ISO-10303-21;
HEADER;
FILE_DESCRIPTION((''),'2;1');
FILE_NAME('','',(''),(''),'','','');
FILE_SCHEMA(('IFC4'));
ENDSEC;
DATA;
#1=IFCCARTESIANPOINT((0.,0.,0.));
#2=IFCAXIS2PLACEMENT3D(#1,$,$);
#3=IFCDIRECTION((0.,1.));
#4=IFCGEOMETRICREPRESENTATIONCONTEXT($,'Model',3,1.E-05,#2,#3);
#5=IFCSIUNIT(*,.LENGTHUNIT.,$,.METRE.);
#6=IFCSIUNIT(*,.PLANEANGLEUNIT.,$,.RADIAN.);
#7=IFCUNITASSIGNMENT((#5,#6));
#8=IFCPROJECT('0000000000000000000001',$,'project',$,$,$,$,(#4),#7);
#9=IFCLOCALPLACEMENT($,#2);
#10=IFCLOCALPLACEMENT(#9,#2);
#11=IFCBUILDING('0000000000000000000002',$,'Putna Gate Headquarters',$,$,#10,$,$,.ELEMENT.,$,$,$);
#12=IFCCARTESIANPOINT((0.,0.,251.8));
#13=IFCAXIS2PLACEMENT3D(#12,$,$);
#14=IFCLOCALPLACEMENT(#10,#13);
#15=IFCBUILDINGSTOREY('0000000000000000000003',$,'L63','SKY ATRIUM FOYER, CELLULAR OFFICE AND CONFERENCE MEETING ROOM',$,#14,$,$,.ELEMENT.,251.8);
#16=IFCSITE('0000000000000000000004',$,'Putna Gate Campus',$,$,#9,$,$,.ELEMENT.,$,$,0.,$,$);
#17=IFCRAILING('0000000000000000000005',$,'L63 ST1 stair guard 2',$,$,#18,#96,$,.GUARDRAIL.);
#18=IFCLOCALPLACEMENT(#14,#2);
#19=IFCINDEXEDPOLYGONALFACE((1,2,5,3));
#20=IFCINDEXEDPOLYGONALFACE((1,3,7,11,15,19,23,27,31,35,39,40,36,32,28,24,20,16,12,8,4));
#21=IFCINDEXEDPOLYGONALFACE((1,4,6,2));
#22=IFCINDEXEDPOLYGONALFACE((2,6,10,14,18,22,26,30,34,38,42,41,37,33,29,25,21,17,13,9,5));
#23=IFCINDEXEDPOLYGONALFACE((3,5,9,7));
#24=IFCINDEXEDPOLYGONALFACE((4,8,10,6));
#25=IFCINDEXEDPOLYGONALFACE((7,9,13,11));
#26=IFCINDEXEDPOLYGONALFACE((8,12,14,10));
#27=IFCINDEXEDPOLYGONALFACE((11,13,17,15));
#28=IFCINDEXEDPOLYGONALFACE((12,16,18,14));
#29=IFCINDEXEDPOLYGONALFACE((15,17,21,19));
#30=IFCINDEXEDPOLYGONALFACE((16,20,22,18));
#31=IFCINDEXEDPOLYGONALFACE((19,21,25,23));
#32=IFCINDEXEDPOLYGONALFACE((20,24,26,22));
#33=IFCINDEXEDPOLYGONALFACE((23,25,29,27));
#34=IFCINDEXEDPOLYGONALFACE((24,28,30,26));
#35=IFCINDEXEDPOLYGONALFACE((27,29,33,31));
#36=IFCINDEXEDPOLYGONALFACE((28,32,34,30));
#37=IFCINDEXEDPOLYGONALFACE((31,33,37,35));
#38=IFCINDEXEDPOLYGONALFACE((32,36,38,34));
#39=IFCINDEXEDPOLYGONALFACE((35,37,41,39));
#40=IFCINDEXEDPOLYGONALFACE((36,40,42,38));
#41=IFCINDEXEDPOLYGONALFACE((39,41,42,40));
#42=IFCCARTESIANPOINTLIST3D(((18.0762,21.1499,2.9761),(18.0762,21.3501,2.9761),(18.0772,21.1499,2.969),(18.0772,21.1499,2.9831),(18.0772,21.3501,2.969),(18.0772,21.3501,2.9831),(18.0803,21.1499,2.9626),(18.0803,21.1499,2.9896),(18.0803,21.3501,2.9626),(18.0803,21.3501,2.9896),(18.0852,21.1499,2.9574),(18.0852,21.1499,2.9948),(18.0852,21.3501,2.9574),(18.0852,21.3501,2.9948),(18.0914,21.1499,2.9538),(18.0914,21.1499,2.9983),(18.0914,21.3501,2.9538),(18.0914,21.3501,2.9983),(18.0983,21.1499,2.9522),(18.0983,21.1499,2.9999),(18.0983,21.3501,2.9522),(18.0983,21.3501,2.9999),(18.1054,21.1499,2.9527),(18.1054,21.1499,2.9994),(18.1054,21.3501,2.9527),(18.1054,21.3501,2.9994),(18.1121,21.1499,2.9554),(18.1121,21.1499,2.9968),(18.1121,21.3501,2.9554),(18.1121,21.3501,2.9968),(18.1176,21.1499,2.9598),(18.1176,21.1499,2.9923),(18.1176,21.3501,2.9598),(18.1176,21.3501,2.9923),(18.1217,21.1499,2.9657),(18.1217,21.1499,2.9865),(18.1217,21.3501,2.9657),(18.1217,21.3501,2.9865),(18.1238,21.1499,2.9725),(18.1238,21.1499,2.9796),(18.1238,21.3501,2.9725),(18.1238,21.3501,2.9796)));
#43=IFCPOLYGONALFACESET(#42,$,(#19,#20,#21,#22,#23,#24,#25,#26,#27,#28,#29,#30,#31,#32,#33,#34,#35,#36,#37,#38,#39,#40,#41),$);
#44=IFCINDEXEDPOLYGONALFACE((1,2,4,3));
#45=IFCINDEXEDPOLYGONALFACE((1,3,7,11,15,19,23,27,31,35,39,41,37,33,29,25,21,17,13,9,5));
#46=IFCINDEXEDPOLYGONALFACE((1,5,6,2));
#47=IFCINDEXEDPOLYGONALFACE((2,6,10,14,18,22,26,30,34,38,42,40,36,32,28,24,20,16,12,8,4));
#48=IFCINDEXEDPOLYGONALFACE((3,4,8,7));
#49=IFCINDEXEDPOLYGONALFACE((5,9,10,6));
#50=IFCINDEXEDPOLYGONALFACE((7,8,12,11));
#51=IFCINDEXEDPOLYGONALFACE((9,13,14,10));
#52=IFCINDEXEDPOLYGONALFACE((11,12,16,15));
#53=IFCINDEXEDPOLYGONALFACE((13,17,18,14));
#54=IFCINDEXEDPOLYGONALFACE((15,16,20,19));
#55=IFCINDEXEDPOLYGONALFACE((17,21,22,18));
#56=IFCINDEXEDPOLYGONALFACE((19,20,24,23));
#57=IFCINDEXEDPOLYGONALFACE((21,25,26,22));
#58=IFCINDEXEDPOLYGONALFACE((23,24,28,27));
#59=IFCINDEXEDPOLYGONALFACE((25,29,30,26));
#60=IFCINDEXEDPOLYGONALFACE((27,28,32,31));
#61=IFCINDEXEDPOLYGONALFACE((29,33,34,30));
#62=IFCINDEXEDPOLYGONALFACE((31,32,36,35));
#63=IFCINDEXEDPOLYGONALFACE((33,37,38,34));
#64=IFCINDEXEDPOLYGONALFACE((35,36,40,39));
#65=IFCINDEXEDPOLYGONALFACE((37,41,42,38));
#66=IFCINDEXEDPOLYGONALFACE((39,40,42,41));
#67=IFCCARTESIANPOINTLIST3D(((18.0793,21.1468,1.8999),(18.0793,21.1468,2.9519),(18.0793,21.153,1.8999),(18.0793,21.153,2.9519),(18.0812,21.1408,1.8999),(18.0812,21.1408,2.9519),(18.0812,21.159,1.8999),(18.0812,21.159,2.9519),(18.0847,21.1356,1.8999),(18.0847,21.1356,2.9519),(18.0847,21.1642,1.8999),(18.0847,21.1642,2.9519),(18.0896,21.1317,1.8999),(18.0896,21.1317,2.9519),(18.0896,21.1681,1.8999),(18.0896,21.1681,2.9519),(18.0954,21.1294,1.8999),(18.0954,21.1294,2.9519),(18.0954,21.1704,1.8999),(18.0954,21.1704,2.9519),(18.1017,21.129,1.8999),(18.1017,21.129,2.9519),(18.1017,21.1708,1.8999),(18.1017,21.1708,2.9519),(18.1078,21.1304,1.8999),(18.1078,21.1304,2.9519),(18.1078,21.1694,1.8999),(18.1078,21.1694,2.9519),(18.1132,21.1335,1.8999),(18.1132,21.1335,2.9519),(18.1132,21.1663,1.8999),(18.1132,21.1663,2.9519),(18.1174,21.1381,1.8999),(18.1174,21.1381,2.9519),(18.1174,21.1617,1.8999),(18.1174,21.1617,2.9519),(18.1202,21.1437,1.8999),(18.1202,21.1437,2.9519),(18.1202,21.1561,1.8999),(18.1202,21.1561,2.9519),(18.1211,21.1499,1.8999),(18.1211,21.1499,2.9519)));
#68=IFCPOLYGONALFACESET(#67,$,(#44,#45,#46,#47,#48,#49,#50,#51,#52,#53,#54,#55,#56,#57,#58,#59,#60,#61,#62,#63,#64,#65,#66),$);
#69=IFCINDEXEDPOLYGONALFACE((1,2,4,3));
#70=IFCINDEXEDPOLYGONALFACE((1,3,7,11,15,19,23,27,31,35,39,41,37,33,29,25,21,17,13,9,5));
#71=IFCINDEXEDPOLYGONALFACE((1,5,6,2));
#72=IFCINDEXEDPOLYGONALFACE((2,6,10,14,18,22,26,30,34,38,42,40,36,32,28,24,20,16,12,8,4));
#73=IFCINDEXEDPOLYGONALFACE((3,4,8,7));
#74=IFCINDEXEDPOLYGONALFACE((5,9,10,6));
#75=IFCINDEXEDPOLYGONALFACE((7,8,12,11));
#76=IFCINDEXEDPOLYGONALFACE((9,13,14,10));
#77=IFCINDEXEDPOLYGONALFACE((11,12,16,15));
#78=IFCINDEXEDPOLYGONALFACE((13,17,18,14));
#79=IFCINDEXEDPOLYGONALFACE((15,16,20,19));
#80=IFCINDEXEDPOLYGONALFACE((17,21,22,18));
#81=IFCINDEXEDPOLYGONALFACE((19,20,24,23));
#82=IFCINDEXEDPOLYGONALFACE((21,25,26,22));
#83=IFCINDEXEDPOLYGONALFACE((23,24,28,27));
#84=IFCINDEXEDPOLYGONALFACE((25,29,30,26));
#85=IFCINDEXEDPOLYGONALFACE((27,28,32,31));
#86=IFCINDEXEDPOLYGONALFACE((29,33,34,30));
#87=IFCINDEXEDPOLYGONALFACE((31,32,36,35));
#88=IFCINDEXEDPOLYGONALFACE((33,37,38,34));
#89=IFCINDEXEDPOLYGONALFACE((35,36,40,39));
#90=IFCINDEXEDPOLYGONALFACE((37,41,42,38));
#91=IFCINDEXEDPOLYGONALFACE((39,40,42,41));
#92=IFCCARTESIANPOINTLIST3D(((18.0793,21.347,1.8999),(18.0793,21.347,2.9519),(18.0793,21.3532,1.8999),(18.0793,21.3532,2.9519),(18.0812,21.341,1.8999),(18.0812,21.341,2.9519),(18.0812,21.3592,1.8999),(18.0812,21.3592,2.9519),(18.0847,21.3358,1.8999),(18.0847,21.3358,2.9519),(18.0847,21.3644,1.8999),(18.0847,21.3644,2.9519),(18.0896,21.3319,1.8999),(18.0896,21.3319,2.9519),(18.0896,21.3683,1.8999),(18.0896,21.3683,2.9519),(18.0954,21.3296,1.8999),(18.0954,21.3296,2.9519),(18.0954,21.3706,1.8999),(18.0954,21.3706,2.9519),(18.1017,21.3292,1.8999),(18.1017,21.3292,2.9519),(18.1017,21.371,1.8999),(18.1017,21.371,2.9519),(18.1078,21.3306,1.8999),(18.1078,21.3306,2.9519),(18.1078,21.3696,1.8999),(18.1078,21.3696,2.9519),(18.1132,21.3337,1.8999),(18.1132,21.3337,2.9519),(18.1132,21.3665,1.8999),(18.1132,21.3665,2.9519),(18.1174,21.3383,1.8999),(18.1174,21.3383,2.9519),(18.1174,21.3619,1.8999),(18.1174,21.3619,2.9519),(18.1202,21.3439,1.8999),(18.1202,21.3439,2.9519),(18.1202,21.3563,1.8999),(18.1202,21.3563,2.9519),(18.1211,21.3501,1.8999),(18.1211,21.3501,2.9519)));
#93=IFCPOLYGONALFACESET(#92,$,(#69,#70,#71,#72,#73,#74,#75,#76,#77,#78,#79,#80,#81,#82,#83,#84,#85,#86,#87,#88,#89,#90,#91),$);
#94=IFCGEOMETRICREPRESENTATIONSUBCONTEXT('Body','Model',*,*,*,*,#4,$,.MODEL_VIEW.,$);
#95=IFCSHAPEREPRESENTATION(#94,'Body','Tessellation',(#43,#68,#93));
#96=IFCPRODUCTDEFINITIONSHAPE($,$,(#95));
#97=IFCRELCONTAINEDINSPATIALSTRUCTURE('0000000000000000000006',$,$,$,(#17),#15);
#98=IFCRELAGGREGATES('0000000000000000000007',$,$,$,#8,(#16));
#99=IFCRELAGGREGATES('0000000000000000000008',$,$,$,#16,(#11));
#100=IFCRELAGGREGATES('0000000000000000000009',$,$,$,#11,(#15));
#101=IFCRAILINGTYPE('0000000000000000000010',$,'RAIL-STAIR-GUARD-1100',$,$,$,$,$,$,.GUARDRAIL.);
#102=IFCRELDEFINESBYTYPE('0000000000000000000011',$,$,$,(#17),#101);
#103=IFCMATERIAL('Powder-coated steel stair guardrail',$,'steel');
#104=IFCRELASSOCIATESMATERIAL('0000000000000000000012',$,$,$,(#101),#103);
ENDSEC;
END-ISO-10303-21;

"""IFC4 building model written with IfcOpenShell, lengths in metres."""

from ifc_helpers import new_model, si_unit, direction, frame, origin, origin_2d, place, context, subcontext, project, spatial, circle, extrude, material, type_object, element, save


model = new_model("IFC4")

# Units and contexts
model_context = context("Model", 3, precision=1e-05, world=origin(), true_north=direction((0.0, 1.0)))
body_context = subcontext(model_context, "Body", "Model", "MODEL_VIEW")
ifc_project = project(units=[si_unit("LENGTHUNIT", "METRE"), si_unit("PLANEANGLEUNIT", "RADIAN")], contexts=[model_context])

# Site, building, storey
site_placement = place(None, origin())
site = spatial("IfcSite", under=ifc_project, at=site_placement, Name="Putna Gate Campus", CompositionType="ELEMENT", RefElevation=0.0)
building_placement = place(site_placement, origin())
building = spatial("IfcBuilding", under=site, at=building_placement, Name="Putna Gate Headquarters", CompositionType="ELEMENT")
storey_placement = place(building_placement, frame((0.0, 0.0, 251.8)))
storey = spatial("IfcBuildingStorey", under=building, at=storey_placement, Name="L63", Description="SKY ATRIUM FOYER, CELLULAR OFFICE AND CONFERENCE MEETING ROOM", CompositionType="ELEMENT", Elevation=251.8)

# Railing
ifc_material_1 = material(Name="Powder-coated steel stair guardrail", Category="steel")
railing_type_1 = type_object("IfcRailingType", Name="RAIL-STAIR-GUARD-1100", PredefinedType="GUARDRAIL", material=ifc_material_1)
railing_1_placement = place(storey_placement, frame((18.1001, 21.1499, 1.8999)))
element("IfcRailing", 1, at=railing_1_placement, inside=storey, type_object=railing_type_1, Name="L63 ST1 stair guard 2", PredefinedType="GUARDRAIL", context=body_context, shape_type="SweptSolid", body=[
    extrude(circle(Radius=0.0239, at=origin_2d()), frame((0.0, 0.0, 1.0762), z_axis=(0.0, 1.0, 0.0), x_axis=(-1.0, 0.0, 0.0)), (0.0, 0.0, 1.0), 0.2002),
    extrude(circle(Radius=0.021, at=origin_2d()), origin(), (0.0, 0.0, 1.0), 1.052),
    extrude(circle(Radius=0.021, at=origin_2d()), frame((0.0, 0.2002, 0.0)), (0.0, 0.0, 1.0), 1.052),
])

save(model, "model.ifc")
